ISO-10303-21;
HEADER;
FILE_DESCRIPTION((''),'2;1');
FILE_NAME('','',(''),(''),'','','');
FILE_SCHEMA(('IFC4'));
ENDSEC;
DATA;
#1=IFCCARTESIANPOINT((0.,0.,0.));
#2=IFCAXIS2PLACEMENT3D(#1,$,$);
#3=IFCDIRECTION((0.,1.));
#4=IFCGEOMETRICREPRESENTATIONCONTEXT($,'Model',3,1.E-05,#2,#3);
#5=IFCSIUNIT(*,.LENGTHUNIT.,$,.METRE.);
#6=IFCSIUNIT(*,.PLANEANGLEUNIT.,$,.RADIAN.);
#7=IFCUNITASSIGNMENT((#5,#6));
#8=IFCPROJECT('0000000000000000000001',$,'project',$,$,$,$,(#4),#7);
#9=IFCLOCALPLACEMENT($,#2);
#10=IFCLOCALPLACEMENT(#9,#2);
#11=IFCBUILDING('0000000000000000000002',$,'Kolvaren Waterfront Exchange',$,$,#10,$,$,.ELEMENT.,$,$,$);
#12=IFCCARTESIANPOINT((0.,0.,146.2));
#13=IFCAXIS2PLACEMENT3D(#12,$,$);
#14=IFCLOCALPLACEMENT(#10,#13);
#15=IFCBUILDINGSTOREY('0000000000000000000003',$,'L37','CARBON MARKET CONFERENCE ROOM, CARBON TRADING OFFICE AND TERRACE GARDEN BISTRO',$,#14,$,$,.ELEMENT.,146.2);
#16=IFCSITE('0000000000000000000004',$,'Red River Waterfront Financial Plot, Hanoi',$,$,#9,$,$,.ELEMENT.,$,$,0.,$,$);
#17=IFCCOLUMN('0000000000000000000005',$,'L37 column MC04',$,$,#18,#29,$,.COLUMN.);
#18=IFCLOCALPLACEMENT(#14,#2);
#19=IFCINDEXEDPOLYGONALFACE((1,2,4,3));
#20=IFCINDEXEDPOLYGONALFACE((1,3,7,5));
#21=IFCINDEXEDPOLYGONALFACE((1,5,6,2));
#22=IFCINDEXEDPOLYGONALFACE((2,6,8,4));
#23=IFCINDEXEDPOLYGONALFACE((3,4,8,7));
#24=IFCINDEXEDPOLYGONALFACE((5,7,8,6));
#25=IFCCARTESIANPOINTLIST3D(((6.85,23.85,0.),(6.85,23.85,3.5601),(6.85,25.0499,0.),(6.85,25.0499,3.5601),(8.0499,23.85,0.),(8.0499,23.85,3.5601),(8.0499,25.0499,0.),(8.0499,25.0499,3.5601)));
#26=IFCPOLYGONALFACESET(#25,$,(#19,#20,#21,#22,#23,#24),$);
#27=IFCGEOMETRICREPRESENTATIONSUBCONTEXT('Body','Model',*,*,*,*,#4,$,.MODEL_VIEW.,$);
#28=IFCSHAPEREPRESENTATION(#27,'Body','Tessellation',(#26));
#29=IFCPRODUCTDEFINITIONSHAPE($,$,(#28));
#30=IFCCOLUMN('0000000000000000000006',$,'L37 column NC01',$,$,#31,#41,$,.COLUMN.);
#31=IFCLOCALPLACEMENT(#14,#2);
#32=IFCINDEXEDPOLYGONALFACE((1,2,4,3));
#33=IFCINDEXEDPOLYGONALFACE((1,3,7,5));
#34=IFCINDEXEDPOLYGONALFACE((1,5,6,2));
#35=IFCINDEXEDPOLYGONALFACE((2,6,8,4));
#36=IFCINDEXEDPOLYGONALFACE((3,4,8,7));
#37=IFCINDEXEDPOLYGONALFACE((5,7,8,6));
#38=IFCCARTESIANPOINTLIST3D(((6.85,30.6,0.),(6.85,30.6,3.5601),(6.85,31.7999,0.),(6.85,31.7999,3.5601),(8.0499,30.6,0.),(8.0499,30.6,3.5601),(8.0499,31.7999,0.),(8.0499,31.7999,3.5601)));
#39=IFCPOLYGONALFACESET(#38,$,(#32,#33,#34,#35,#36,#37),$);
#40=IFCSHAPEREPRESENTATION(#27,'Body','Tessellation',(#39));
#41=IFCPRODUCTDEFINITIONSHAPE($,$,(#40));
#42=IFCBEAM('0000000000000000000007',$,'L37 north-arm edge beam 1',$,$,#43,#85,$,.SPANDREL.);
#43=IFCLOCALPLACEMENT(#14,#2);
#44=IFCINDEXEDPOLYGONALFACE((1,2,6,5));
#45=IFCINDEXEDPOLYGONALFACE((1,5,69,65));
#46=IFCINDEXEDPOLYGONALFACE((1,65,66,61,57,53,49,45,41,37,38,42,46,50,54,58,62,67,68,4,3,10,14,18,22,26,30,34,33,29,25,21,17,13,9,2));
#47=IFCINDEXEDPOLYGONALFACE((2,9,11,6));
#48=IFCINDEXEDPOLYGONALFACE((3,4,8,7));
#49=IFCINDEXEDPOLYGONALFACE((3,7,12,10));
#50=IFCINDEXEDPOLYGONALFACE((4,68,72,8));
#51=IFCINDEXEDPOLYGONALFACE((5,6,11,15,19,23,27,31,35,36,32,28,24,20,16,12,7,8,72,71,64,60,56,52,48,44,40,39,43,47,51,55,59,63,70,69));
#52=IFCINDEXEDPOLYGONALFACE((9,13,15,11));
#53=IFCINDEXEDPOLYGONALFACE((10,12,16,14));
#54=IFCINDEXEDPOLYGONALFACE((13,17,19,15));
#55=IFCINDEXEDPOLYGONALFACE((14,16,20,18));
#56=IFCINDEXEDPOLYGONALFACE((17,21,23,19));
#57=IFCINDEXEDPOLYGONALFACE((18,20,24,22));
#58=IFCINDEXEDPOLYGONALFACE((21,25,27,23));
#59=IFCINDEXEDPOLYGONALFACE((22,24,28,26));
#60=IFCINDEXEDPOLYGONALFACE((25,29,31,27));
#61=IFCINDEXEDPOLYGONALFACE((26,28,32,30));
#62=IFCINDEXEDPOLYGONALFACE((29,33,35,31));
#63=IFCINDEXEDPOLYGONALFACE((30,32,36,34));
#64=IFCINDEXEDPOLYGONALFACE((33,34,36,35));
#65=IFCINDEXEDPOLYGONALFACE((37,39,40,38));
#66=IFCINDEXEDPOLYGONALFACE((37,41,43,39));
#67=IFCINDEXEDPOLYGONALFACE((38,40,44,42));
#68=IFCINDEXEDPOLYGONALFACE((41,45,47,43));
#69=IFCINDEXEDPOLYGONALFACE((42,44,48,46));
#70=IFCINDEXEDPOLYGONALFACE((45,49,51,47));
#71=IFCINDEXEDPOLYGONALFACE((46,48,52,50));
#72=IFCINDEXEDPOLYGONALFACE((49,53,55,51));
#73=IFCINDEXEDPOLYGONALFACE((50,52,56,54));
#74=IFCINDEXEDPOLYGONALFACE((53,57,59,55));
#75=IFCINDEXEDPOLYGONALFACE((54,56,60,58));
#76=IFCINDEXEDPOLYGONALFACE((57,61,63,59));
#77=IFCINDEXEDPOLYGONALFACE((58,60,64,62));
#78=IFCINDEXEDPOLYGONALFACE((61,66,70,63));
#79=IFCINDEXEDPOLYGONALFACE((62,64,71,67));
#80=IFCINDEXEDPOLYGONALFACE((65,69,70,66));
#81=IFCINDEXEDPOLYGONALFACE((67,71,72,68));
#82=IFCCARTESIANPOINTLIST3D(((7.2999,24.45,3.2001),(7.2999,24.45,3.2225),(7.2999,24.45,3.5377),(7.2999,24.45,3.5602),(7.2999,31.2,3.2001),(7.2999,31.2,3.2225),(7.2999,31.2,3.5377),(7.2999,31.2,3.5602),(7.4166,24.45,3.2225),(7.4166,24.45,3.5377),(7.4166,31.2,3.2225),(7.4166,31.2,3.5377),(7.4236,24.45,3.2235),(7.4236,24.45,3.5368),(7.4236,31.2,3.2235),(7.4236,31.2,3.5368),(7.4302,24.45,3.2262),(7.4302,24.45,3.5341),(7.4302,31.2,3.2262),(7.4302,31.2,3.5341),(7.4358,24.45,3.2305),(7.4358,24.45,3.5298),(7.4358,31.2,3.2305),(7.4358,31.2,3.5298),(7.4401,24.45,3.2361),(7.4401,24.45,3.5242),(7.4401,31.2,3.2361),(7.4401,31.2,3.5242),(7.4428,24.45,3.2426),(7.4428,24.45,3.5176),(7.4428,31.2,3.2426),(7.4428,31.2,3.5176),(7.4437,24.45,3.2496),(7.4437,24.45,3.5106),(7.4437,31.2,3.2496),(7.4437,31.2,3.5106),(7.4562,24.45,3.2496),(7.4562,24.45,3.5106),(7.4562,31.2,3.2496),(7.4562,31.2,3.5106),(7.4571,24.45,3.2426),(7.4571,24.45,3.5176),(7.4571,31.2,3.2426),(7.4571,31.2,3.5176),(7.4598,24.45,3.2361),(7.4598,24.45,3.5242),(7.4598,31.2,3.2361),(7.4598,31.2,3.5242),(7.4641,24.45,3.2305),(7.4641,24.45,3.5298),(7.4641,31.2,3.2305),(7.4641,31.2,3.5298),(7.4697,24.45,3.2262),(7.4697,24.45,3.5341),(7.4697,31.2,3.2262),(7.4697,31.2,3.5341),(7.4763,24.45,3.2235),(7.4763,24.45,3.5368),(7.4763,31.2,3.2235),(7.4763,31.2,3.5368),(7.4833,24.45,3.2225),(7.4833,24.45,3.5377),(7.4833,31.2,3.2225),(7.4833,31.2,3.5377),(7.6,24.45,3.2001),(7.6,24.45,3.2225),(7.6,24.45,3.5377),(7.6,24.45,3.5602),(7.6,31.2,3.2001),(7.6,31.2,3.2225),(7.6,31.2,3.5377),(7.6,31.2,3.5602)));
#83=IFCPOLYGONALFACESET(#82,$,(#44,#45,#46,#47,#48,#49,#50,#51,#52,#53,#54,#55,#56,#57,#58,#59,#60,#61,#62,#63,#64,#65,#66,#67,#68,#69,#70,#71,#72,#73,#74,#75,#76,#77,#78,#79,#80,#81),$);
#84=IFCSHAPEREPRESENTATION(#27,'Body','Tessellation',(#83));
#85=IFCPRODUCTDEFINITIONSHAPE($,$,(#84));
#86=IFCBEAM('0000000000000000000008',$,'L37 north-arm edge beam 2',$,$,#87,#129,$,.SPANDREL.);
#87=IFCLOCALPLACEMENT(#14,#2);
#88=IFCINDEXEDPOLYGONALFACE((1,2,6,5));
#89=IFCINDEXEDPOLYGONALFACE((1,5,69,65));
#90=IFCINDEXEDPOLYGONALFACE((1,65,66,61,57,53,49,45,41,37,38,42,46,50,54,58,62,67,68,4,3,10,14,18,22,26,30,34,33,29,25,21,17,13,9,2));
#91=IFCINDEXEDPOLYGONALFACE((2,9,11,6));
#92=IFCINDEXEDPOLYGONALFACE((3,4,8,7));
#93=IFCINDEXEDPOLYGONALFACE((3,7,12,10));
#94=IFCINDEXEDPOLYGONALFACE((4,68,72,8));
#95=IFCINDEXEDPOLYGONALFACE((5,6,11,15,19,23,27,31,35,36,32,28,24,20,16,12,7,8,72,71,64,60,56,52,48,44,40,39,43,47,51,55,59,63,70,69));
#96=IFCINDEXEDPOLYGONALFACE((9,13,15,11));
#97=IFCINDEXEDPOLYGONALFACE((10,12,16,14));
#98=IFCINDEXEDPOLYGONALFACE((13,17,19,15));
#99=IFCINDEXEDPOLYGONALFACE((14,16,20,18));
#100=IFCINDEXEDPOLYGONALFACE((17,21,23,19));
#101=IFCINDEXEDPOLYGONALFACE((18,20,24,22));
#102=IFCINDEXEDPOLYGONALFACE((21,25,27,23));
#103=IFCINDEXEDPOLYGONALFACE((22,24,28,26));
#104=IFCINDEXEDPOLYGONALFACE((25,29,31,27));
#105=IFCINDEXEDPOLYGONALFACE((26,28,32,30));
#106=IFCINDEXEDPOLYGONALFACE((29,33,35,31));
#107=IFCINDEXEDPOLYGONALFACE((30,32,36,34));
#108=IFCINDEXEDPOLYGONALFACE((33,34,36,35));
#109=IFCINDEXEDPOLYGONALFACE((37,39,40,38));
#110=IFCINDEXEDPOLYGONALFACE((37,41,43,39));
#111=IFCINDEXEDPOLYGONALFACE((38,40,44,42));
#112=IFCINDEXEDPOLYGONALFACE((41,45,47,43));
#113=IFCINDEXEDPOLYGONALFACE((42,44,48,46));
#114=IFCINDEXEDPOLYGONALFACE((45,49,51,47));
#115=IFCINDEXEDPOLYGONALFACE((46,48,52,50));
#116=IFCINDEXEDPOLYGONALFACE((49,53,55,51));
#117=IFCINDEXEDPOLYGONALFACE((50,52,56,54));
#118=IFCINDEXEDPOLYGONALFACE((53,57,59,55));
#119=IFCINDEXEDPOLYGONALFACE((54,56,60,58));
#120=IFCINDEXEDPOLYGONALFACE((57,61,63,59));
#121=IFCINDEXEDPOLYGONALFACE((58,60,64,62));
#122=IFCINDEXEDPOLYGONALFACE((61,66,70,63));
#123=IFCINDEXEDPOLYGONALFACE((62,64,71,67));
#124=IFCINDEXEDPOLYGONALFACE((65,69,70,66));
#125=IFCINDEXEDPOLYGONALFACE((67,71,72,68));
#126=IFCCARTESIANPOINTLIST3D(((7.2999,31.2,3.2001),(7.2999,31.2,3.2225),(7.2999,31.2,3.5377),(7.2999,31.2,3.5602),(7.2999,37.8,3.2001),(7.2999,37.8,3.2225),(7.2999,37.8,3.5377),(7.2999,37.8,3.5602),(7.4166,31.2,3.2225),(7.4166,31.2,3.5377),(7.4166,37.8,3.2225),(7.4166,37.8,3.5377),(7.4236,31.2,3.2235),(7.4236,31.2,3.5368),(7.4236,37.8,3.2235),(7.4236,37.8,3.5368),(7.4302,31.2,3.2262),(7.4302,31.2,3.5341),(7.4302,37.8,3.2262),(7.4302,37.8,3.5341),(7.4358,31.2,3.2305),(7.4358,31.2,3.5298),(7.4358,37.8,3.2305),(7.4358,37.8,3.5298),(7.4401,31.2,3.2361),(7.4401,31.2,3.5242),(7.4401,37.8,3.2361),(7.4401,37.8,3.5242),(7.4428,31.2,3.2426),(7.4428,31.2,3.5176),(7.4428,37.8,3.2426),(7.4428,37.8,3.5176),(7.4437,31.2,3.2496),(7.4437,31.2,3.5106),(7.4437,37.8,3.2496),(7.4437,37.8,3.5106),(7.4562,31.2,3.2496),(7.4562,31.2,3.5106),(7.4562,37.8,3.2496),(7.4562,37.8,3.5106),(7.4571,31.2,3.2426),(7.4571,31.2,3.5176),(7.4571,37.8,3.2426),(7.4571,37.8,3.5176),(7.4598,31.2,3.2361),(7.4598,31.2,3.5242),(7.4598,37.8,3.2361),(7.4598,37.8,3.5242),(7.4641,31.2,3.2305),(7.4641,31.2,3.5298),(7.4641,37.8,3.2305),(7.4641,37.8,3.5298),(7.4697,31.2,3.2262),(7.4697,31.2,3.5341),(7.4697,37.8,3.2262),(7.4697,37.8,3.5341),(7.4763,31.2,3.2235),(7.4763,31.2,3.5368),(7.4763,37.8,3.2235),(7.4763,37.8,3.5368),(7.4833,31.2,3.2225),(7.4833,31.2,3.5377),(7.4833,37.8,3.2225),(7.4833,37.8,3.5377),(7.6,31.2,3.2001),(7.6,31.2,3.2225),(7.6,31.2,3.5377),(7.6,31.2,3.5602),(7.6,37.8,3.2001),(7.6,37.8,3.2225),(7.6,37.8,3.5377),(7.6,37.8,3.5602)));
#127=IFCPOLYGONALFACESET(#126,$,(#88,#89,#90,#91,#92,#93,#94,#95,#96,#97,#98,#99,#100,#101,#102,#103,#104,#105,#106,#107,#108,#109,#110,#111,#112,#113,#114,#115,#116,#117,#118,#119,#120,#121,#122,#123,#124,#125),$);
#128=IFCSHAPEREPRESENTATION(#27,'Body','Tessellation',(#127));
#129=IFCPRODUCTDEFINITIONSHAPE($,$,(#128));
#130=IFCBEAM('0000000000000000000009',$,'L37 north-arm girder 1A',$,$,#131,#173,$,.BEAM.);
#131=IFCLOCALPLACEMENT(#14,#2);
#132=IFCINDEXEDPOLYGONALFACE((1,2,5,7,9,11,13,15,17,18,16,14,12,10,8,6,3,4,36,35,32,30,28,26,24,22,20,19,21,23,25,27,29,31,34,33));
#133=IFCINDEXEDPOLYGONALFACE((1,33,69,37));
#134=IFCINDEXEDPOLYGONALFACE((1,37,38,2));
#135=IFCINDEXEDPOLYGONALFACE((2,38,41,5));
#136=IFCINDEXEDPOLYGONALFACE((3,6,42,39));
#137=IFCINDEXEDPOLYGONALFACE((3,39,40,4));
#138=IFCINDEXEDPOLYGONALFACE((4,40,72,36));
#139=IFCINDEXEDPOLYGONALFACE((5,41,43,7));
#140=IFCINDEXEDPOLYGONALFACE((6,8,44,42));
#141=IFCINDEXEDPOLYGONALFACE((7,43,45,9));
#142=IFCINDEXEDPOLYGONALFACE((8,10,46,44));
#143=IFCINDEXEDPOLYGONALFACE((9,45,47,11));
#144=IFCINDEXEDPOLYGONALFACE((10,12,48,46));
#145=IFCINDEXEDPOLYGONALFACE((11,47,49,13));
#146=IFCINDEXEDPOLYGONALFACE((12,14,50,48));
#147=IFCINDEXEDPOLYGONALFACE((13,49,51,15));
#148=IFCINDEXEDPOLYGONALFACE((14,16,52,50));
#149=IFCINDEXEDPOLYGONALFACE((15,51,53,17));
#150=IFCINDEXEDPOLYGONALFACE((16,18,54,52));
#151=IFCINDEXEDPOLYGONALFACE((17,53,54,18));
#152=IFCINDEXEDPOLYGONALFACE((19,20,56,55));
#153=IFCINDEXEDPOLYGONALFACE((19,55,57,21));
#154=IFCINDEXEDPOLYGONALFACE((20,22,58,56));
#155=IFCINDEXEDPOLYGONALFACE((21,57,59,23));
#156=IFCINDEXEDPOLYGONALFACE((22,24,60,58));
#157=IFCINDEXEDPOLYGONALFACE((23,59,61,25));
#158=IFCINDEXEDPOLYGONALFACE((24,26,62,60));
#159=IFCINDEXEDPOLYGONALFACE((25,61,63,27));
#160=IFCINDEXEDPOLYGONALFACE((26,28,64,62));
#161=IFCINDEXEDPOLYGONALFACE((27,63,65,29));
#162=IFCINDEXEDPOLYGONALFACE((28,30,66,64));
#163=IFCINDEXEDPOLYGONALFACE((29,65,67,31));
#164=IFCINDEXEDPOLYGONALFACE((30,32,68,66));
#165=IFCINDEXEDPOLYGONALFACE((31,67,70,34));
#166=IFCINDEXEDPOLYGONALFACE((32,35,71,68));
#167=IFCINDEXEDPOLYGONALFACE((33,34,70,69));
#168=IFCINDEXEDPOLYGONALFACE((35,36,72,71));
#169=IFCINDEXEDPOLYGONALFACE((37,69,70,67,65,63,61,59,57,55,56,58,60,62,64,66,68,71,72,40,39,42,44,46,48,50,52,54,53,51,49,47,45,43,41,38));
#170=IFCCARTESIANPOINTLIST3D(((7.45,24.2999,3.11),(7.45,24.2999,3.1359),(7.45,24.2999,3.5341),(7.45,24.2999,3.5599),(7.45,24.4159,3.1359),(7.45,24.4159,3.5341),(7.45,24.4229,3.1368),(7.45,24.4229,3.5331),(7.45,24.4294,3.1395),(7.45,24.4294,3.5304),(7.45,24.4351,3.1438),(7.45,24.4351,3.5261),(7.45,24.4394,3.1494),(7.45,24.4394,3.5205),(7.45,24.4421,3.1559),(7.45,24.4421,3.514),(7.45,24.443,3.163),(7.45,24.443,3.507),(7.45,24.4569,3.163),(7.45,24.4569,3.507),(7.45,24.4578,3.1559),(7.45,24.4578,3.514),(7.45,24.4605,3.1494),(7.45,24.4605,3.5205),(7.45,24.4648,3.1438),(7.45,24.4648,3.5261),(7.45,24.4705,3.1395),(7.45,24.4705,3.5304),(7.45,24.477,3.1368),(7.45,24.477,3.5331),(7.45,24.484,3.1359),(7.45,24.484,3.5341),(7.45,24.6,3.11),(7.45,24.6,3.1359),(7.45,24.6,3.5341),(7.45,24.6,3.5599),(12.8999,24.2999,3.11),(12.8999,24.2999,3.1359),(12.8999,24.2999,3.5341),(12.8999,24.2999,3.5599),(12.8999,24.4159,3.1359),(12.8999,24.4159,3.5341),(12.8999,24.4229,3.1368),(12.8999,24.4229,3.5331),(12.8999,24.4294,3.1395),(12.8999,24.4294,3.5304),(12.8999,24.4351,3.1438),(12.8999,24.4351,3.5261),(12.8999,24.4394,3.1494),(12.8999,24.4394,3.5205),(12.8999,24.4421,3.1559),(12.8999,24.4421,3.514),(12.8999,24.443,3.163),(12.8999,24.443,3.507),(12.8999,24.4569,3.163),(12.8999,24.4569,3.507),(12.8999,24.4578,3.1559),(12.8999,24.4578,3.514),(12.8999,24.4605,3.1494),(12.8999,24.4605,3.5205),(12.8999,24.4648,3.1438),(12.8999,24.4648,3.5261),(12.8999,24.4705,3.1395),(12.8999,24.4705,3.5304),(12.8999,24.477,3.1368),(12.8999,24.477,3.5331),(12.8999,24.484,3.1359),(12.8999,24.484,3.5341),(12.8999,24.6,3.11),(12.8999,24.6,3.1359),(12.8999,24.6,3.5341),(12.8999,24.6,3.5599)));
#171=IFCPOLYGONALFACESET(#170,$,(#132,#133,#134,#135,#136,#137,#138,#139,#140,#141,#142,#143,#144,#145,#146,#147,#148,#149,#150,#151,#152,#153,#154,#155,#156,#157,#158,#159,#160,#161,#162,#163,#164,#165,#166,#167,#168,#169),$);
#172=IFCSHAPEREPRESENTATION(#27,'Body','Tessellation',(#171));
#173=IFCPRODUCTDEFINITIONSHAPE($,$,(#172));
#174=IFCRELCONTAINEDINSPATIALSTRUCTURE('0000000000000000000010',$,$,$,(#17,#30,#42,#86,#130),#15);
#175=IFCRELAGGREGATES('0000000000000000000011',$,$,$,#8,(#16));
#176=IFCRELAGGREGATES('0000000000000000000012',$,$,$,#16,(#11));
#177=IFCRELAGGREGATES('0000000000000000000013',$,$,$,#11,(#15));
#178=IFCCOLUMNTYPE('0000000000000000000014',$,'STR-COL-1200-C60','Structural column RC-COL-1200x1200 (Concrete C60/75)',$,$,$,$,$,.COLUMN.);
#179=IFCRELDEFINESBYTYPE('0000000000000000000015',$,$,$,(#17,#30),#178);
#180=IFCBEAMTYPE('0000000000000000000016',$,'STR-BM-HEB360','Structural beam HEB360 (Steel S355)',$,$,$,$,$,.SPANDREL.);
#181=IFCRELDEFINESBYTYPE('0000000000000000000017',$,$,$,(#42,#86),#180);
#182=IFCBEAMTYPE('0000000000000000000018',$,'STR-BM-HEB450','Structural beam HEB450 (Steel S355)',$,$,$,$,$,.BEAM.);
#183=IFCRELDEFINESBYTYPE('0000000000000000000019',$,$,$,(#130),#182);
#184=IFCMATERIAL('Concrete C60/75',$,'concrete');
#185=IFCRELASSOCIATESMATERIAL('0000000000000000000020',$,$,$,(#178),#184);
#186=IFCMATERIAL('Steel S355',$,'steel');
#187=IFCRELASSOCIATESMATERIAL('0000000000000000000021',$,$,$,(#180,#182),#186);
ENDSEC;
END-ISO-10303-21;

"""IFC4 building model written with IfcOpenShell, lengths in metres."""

from ifc_helpers import new_model, si_unit, direction, frame, origin, origin_2d, place, context, subcontext, project, spatial, rectangle, i_section, extrude, material, material_profile, profile_set, type_object, element, save


model = new_model("IFC4")

# Units and contexts
model_context = context("Model", 3, precision=1e-05, world=origin(), true_north=direction((0.0, 1.0)))
body_context = subcontext(model_context, "Body", "Model", "MODEL_VIEW")
ifc_project = project(units=[si_unit("LENGTHUNIT", "METRE"), si_unit("PLANEANGLEUNIT", "RADIAN")], contexts=[model_context])

# Site, building, storey
site_placement = place(None, origin())
site = spatial("IfcSite", under=ifc_project, at=site_placement, Name="Red River Waterfront Financial Plot, Hanoi", CompositionType="ELEMENT", RefElevation=0.0)
building_placement = place(site_placement, origin())
building = spatial("IfcBuilding", under=site, at=building_placement, Name="Kolvaren Waterfront Exchange", CompositionType="ELEMENT")
storey_placement = place(building_placement, frame((0.0, 0.0, 146.2)))
storey = spatial("IfcBuildingStorey", under=building, at=storey_placement, Name="L37", Description="CARBON MARKET CONFERENCE ROOM, CARBON TRADING OFFICE AND TERRACE GARDEN BISTRO", CompositionType="ELEMENT", Elevation=146.2)

# Columns
ifc_material_1 = material(Name="Concrete C60/75", Category="concrete")
ifc_material_profile_1 = material_profile(ifc_material_1, rectangle(XDim=1.2, YDim=1.2, at=origin_2d()), Name="RC-COL-1200x1200")
ifc_profile_set_1 = profile_set([ifc_material_profile_1], Name="Concrete C60/75")
column_type = type_object("IfcColumnType", Name="STR-COL-1200-C60", Description="Structural column RC-COL-1200x1200 (Concrete C60/75)", PredefinedType="COLUMN", material=ifc_profile_set_1)
for number, where, z_axis, x_axis, name in (
    (1, (7.45, 24.45, 0.0), (0.0, 0.0, 1.0), (1.0, 0.0, 0.0), "L37 column MC04"),
    (2, (7.45, 31.2, 0.0), (0.0, 0.0, 1.0), (1.0, 0.0, 0.0), "L37 column NC01"),
):
    element("IfcColumn", number, at=place(storey_placement, frame(where, z_axis=z_axis, x_axis=x_axis)), inside=storey, type_object=column_type, Name=name, PredefinedType="COLUMN", context=body_context, shape_type="SweptSolid", body=[
        extrude(rectangle(XDim=1.2, YDim=1.2, at=origin_2d()), origin(), (0.0, 0.0, 1.0), 3.5601),
    ])

# Beams
ifc_material_2 = material(Name="Steel S355", Category="steel")
ifc_material_profile_2 = material_profile(ifc_material_2, i_section(OverallWidth=0.3, OverallDepth=0.3601, WebThickness=0.0125, FlangeThickness=0.0225, FilletRadius=0.0271, at=origin_2d()), Name="HEB360")
ifc_profile_set_2 = profile_set([ifc_material_profile_2], Name="Steel S355")
beam_type_1 = type_object("IfcBeamType", Name="STR-BM-HEB360", Description="Structural beam HEB360 (Steel S355)", PredefinedType="SPANDREL", material=ifc_profile_set_2)
beam_1_placement = place(storey_placement, frame((7.45, 24.45, 3.3801), z_axis=(0.0, 1.0, 0.0), x_axis=(-1.0, 0.0, 0.0)))
element("IfcBeam", 3, at=beam_1_placement, inside=storey, type_object=beam_type_1, Name="L37 north-arm edge beam 1", PredefinedType="SPANDREL", context=body_context, shape_type="SweptSolid", body=[
    extrude(i_section(OverallWidth=0.3, OverallDepth=0.3601, WebThickness=0.0125, FlangeThickness=0.0225, FilletRadius=0.0271, at=origin_2d()), origin(), (0.0, 0.0, 1.0), 6.75),
])
beam_2_placement = place(storey_placement, frame((7.45, 31.2, 3.3801), z_axis=(0.0, 1.0, 0.0), x_axis=(-1.0, 0.0, 0.0)))
element("IfcBeam", 4, at=beam_2_placement, inside=storey, type_object=beam_type_1, Name="L37 north-arm edge beam 2", PredefinedType="SPANDREL", context=body_context, shape_type="SweptSolid", body=[
    extrude(i_section(OverallWidth=0.3, OverallDepth=0.3601, WebThickness=0.0125, FlangeThickness=0.0225, FilletRadius=0.0271, at=origin_2d()), origin(), (0.0, 0.0, 1.0), 6.6001),
])
ifc_material_profile_3 = material_profile(ifc_material_2, i_section(OverallWidth=0.3, OverallDepth=0.45, WebThickness=0.0139, FlangeThickness=0.0259, FilletRadius=0.0271, at=origin_2d()), Name="HEB450")
ifc_profile_set_3 = profile_set([ifc_material_profile_3], Name="Steel S355")
beam_type_2 = type_object("IfcBeamType", Name="STR-BM-HEB450", Description="Structural beam HEB450 (Steel S355)", PredefinedType="BEAM", material=ifc_profile_set_3)
for number, where, z_axis, x_axis, name in (
    (5, (7.45, 24.45, 3.335), (1.0, 0.0, 0.0), (0.0, 1.0, 0.0), "L37 north-arm girder 1A"),
):
    element("IfcBeam", number, at=place(storey_placement, frame(where, z_axis=z_axis, x_axis=x_axis)), inside=storey, type_object=beam_type_2, Name=name, PredefinedType="BEAM", context=body_context, shape_type="SweptSolid", body=[
        extrude(i_section(OverallWidth=0.3, OverallDepth=0.45, WebThickness=0.0139, FlangeThickness=0.0259, FilletRadius=0.0271, at=origin_2d()), origin(), (0.0, 0.0, 1.0), 5.45),
    ])

save(model, "model.ifc")
